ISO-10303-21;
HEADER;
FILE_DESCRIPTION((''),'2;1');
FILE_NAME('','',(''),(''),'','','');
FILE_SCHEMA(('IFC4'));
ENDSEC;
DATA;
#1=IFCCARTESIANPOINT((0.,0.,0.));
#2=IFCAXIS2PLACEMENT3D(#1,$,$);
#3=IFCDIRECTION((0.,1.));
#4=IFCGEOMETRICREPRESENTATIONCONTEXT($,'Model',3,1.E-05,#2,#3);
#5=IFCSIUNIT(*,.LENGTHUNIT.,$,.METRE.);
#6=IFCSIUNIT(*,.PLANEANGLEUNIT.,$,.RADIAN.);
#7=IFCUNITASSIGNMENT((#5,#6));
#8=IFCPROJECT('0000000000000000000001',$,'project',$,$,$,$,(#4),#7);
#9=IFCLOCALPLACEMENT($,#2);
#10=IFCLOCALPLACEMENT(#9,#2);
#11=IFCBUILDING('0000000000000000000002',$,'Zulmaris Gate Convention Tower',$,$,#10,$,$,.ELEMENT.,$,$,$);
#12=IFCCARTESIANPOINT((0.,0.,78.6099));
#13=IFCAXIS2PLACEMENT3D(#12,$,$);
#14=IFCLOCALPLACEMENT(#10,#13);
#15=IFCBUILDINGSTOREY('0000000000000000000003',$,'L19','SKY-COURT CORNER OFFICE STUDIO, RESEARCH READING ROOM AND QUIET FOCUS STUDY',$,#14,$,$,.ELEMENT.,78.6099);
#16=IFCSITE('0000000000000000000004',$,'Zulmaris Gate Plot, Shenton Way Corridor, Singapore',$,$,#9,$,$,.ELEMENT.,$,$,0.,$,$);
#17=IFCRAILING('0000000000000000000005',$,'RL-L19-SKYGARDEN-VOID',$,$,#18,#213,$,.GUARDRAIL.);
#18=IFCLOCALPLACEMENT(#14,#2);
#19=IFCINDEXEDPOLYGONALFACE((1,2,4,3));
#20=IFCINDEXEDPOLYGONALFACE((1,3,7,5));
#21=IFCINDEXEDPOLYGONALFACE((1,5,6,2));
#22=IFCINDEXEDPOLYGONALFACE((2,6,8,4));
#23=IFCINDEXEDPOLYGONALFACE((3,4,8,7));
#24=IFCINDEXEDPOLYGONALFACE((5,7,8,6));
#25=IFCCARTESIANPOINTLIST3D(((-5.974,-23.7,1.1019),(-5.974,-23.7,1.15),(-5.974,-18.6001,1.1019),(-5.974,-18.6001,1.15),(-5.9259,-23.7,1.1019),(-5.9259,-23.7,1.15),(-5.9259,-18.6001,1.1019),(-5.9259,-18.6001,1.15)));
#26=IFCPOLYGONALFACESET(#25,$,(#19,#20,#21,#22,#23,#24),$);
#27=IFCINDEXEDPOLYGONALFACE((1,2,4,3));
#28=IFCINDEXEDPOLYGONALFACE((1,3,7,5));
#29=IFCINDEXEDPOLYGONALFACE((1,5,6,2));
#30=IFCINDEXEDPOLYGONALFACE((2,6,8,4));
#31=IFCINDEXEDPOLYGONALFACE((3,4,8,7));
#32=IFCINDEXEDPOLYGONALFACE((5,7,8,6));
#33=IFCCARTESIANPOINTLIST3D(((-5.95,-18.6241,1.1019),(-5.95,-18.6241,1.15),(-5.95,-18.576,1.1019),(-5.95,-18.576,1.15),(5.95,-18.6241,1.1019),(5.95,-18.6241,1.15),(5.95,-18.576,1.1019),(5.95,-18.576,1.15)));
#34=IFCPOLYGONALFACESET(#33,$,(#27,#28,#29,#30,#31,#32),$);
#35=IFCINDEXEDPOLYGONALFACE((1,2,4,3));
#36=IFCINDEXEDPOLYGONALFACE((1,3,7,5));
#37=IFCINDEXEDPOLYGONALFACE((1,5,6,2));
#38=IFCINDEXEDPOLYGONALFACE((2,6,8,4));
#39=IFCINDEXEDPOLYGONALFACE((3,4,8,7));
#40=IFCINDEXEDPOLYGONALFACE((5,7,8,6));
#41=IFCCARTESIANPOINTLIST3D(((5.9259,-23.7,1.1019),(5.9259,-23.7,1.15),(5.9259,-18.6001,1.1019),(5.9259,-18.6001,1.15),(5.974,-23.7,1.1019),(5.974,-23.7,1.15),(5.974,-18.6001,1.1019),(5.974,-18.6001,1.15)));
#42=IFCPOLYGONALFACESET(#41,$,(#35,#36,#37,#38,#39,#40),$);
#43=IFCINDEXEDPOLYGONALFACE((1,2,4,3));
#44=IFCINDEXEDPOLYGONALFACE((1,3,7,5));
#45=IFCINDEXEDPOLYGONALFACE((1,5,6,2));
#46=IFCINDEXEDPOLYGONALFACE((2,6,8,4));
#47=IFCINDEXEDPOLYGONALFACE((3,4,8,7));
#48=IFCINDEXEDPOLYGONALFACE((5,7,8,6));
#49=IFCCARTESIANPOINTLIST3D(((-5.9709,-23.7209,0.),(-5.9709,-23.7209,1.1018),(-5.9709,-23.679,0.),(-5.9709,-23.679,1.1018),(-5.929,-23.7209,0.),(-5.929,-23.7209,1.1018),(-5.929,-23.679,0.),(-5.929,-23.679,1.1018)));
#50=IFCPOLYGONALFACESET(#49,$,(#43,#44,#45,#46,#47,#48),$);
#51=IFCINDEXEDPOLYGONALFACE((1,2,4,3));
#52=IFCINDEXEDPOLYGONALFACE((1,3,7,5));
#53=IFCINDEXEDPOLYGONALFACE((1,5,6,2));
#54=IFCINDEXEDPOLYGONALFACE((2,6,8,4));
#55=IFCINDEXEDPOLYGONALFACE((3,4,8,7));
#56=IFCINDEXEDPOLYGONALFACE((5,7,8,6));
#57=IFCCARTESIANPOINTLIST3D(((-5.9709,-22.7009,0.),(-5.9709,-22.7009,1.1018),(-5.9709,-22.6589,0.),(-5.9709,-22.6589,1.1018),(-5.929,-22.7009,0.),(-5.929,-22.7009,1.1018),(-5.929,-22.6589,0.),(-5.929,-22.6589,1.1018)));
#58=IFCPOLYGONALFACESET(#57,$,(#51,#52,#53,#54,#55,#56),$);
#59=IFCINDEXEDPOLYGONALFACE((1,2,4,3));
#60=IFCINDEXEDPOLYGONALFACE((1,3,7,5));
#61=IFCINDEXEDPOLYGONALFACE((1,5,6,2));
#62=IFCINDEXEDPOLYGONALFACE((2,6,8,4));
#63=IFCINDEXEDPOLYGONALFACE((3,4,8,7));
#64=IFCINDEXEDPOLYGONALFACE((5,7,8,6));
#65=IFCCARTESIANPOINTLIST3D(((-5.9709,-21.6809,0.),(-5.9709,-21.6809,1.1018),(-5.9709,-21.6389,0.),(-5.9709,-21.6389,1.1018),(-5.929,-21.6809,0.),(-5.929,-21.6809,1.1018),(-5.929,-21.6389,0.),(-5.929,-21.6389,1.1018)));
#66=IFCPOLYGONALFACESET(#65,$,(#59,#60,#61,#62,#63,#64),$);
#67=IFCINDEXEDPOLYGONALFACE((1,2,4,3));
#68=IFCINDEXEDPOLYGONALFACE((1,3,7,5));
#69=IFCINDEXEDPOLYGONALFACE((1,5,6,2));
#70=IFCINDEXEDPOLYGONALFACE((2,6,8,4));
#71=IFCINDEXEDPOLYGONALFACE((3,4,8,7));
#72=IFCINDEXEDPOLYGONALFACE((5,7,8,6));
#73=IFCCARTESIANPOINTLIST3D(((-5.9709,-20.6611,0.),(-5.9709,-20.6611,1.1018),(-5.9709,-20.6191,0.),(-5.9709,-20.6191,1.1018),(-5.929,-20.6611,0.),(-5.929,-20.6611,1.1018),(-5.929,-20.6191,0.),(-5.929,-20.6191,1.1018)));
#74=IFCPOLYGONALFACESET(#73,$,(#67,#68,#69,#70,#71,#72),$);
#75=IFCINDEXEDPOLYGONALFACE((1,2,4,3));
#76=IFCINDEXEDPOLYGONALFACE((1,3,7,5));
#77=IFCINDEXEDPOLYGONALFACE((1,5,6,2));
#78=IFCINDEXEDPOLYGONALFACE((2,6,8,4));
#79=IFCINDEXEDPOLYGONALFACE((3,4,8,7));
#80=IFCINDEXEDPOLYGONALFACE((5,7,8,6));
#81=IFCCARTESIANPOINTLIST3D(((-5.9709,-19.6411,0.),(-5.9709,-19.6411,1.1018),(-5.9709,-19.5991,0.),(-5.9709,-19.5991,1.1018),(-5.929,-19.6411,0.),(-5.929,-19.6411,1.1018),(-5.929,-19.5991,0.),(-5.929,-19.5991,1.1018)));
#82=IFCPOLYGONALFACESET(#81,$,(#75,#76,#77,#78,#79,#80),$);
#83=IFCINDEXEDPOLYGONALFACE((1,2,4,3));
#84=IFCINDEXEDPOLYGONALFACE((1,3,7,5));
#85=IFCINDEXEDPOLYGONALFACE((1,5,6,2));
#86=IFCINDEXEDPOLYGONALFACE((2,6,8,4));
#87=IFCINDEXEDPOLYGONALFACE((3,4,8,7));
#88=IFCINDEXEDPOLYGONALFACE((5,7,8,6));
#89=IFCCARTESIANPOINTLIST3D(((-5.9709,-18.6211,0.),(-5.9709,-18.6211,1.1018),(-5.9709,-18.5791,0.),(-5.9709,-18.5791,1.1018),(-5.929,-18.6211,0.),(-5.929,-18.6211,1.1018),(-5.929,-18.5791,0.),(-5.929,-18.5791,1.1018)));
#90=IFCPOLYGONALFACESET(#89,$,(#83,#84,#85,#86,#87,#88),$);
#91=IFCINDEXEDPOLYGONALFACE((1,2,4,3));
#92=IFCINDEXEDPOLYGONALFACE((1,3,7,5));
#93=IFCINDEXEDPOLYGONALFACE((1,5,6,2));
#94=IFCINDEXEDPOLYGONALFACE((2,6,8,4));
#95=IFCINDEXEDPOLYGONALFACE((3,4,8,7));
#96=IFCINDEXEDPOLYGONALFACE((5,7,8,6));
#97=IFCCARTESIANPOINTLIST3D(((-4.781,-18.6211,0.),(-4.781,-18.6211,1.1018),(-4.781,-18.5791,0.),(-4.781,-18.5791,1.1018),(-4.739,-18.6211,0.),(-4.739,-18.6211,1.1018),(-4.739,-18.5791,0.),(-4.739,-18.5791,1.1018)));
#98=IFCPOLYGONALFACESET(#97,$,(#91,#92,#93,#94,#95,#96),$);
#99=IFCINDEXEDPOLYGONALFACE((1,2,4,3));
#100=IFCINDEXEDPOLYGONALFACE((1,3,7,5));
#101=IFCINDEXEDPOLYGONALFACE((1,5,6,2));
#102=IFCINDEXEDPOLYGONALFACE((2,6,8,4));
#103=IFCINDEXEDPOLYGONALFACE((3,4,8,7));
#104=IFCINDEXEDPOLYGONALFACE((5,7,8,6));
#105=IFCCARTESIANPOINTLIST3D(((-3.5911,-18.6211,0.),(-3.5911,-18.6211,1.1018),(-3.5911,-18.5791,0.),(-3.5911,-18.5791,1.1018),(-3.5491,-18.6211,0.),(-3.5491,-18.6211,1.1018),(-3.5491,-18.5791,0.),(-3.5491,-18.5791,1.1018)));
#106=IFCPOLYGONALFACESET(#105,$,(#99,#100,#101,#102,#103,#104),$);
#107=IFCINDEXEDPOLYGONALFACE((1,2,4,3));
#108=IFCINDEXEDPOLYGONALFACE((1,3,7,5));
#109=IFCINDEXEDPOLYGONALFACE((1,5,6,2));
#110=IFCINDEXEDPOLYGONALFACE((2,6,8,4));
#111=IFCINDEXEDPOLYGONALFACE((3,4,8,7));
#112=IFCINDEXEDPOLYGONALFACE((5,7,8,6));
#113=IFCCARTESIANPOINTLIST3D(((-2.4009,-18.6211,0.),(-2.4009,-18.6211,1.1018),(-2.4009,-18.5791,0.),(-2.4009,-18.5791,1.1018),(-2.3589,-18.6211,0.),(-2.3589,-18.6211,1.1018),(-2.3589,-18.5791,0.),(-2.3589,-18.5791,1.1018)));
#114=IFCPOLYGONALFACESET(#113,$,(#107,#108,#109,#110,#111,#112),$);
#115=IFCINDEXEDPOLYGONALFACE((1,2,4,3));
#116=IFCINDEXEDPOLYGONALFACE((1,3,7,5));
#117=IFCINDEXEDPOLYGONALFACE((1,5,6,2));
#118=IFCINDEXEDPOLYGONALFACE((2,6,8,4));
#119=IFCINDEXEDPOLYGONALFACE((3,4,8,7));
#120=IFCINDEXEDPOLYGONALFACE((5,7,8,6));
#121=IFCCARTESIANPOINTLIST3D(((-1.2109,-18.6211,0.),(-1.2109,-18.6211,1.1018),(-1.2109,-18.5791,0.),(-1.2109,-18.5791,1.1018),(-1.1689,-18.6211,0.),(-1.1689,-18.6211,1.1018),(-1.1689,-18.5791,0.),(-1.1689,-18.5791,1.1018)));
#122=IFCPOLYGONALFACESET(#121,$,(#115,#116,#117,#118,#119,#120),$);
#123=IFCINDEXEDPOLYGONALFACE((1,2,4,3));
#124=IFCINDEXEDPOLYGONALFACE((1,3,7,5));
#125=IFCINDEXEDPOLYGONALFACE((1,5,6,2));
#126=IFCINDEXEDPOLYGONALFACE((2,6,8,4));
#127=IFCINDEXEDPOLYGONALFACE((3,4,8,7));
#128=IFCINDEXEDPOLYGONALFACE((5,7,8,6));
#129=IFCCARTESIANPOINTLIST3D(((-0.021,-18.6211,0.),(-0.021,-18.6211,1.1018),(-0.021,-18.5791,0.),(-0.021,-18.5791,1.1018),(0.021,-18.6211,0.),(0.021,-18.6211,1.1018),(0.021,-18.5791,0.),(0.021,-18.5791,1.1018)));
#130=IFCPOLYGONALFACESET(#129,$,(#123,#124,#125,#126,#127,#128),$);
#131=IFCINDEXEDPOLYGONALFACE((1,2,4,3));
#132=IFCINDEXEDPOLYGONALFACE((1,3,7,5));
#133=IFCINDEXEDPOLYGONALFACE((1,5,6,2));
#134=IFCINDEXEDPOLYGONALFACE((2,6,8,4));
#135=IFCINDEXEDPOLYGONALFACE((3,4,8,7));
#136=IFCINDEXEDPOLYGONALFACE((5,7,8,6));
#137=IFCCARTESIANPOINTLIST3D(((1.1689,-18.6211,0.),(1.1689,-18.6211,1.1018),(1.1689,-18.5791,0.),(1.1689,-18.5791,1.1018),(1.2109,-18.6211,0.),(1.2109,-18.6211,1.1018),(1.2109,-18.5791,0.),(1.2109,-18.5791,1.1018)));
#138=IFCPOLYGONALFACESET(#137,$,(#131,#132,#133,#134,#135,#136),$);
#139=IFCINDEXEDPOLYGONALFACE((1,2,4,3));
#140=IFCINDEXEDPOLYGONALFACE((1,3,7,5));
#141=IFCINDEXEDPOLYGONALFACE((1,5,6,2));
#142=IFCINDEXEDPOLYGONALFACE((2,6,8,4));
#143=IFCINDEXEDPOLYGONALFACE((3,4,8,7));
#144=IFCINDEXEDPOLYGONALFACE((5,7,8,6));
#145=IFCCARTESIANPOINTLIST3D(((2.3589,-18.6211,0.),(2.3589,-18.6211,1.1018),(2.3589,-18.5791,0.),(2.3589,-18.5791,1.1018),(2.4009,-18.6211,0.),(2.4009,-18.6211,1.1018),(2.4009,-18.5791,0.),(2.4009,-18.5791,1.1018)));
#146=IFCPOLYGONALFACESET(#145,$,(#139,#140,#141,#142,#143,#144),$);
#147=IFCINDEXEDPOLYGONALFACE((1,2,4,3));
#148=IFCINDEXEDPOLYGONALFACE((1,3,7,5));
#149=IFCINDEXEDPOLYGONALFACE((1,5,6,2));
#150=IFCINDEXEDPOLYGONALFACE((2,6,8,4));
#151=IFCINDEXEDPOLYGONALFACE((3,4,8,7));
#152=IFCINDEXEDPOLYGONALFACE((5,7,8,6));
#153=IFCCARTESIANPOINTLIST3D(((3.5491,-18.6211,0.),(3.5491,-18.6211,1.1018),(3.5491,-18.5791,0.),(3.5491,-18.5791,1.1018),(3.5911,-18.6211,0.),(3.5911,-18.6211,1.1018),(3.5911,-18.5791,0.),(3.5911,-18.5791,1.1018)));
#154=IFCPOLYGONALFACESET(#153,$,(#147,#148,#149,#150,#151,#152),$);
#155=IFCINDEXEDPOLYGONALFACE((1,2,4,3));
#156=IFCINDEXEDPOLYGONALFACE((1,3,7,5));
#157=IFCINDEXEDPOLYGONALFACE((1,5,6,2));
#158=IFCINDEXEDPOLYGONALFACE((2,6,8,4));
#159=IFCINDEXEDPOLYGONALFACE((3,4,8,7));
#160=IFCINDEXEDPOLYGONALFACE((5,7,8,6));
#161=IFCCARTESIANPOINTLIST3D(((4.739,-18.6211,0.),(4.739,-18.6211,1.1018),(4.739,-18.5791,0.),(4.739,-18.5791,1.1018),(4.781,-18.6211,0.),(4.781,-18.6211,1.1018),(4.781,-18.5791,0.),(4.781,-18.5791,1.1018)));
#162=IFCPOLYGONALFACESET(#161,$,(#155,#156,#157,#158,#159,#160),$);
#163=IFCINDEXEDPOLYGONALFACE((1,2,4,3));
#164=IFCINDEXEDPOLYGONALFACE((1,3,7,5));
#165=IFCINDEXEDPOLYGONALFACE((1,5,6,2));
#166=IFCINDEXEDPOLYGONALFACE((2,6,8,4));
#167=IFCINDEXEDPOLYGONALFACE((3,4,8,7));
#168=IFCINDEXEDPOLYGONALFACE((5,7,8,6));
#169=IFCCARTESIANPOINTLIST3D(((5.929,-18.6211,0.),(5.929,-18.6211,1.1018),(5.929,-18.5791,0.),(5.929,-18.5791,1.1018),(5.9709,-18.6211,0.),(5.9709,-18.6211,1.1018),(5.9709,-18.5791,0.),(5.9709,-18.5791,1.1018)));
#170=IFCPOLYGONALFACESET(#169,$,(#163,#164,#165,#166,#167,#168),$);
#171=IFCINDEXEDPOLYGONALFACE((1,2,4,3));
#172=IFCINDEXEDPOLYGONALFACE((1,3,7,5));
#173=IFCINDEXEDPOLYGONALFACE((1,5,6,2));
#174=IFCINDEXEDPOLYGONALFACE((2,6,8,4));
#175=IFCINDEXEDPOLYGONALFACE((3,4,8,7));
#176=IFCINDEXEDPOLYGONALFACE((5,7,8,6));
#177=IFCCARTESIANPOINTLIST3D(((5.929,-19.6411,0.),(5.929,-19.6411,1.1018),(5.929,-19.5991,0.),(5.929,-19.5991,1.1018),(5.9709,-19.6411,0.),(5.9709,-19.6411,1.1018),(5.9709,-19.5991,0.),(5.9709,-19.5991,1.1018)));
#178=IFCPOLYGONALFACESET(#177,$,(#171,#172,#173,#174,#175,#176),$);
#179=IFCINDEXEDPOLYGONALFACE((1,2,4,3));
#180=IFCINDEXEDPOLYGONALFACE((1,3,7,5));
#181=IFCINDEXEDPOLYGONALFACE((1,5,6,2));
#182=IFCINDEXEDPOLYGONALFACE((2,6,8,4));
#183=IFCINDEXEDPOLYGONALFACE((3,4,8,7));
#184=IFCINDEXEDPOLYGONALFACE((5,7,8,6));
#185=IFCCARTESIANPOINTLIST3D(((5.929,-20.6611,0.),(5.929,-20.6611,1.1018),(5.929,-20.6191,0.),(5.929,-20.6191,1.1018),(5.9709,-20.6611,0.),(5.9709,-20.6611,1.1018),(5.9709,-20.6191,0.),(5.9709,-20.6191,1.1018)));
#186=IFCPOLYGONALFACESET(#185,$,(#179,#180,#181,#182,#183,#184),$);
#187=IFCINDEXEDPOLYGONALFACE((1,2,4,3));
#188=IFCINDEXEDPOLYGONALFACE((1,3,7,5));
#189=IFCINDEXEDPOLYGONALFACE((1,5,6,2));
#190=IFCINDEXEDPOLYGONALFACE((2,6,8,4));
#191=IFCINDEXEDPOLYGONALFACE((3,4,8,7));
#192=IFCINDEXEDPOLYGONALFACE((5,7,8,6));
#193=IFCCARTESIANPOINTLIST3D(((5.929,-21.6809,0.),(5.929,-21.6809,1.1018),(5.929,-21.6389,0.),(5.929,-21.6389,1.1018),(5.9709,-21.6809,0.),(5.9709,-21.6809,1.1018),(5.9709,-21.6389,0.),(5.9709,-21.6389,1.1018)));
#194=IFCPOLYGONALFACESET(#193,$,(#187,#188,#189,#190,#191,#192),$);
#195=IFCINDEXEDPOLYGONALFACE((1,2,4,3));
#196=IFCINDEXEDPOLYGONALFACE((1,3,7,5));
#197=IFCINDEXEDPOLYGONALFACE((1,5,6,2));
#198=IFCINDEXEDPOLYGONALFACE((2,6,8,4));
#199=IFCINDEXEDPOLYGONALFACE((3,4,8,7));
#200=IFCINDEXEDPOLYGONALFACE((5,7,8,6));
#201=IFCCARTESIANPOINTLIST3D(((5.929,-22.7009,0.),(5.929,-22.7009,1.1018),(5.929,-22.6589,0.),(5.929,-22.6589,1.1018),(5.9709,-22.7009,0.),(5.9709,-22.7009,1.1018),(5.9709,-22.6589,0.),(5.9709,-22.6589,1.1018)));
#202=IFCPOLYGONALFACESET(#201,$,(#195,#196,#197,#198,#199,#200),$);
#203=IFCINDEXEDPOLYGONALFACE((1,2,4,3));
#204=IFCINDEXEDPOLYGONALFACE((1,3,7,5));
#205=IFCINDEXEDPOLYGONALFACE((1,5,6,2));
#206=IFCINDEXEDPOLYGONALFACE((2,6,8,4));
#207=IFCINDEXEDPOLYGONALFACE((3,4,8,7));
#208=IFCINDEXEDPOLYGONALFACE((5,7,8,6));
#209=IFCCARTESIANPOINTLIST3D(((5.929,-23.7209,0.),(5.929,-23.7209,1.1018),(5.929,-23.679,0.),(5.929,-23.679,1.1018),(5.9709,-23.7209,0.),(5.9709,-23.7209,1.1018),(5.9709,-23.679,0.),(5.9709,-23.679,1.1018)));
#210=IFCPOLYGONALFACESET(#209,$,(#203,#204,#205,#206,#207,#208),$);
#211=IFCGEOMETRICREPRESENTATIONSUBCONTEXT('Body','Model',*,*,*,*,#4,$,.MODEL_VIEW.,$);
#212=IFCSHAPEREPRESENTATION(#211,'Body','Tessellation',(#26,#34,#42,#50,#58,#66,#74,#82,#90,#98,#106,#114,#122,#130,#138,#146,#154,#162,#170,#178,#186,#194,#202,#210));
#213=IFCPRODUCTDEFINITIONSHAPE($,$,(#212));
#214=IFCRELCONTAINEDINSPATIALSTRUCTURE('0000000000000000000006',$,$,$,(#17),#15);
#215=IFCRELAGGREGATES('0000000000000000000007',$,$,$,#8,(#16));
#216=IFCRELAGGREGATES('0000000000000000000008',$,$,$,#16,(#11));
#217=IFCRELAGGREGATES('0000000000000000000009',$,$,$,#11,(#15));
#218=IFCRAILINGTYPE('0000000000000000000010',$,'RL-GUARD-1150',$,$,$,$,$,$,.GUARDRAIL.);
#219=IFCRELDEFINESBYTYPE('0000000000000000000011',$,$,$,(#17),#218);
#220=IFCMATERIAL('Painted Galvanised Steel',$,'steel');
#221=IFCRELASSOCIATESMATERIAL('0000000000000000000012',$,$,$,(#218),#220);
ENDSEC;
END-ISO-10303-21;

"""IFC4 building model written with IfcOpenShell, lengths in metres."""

from ifc_helpers import new_model, si_unit, direction, frame, origin, origin_2d, place, context, subcontext, project, spatial, rectangle, extrude, material, type_object, element, save


model = new_model("IFC4")

# Units and contexts
model_context = context("Model", 3, precision=1e-05, world=origin(), true_north=direction((0.0, 1.0)))
body_context = subcontext(model_context, "Body", "Model", "MODEL_VIEW")
ifc_project = project(units=[si_unit("LENGTHUNIT", "METRE"), si_unit("PLANEANGLEUNIT", "RADIAN")], contexts=[model_context])

# Site, building, storey
site_placement = place(None, origin())
site = spatial("IfcSite", under=ifc_project, at=site_placement, Name="Zulmaris Gate Plot, Shenton Way Corridor, Singapore", CompositionType="ELEMENT", RefElevation=0.0)
building_placement = place(site_placement, origin())
building = spatial("IfcBuilding", under=site, at=building_placement, Name="Zulmaris Gate Convention Tower", CompositionType="ELEMENT")
storey_placement = place(building_placement, frame((0.0, 0.0, 78.6099)))
storey = spatial("IfcBuildingStorey", under=building, at=storey_placement, Name="L19", Description="SKY-COURT CORNER OFFICE STUDIO, RESEARCH READING ROOM AND QUIET FOCUS STUDY", CompositionType="ELEMENT", Elevation=78.6099)

# Railing
ifc_material_1 = material(Name="Painted Galvanised Steel", Category="steel")
railing_type = type_object("IfcRailingType", Name="RL-GUARD-1150", PredefinedType="GUARDRAIL", material=ifc_material_1)
railing_placement = place(storey_placement, frame((-5.95, -23.7, 0.0)))
element("IfcRailing", 1, at=railing_placement, inside=storey, type_object=railing_type, Name="RL-L19-SKYGARDEN-VOID", PredefinedType="GUARDRAIL", context=body_context, shape_type="SweptSolid", body=[
    extrude(rectangle(XDim=0.0481, YDim=0.0481, at=origin_2d()), frame((0.0, 0.0, 1.126), z_axis=(0.0, 1.0, 0.0), x_axis=(-1.0, 0.0, 0.0)), (0.0, 0.0, 1.0), 5.0999),
    extrude(rectangle(XDim=0.0481, YDim=0.0481, at=origin_2d()), frame((0.0, 5.0999, 1.126), z_axis=(1.0, 0.0, 0.0), x_axis=(0.0, 1.0, 0.0)), (0.0, 0.0, 1.0), 11.8999),
    extrude(rectangle(XDim=0.0481, YDim=0.0481, at=origin_2d()), frame((11.8999, 5.0999, 1.126), z_axis=(0.0, -1.0, 0.0), x_axis=(1.0, 0.0, 0.0)), (0.0, 0.0, 1.0), 5.0999),
    extrude(rectangle(XDim=0.042, YDim=0.042, at=origin_2d()), origin(), (0.0, 0.0, 1.0), 1.1018),
    extrude(rectangle(XDim=0.042, YDim=0.042, at=origin_2d()), frame((0.0, 1.02, 0.0)), (0.0, 0.0, 1.0), 1.1018),
    extrude(rectangle(XDim=0.042, YDim=0.042, at=origin_2d()), frame((0.0, 2.04, 0.0)), (0.0, 0.0, 1.0), 1.1018),
    extrude(rectangle(XDim=0.042, YDim=0.042, at=origin_2d()), frame((0.0, 3.0598, 0.0)), (0.0, 0.0, 1.0), 1.1018),
    extrude(rectangle(XDim=0.042, YDim=0.042, at=origin_2d()), frame((0.0, 4.0798, 0.0)), (0.0, 0.0, 1.0), 1.1018),
    extrude(rectangle(XDim=0.042, YDim=0.042, at=origin_2d()), frame((0.0, 5.0999, 0.0)), (0.0, 0.0, 1.0), 1.1018),
    extrude(rectangle(XDim=0.042, YDim=0.042, at=origin_2d()), frame((1.1899, 5.0999, 0.0)), (0.0, 0.0, 1.0), 1.1018),
    extrude(rectangle(XDim=0.042, YDim=0.042, at=origin_2d()), frame((2.3799, 5.0999, 0.0)), (0.0, 0.0, 1.0), 1.1018),
    extrude(rectangle(XDim=0.042, YDim=0.042, at=origin_2d()), frame((3.5701, 5.0999, 0.0)), (0.0, 0.0, 1.0), 1.1018),
    extrude(rectangle(XDim=0.042, YDim=0.042, at=origin_2d()), frame((4.76, 5.0999, 0.0)), (0.0, 0.0, 1.0), 1.1018),
    extrude(rectangle(XDim=0.042, YDim=0.042, at=origin_2d()), frame((5.95, 5.0999, 0.0)), (0.0, 0.0, 1.0), 1.1018),
    extrude(rectangle(XDim=0.042, YDim=0.042, at=origin_2d()), frame((7.1399, 5.0999, 0.0)), (0.0, 0.0, 1.0), 1.1018),
    extrude(rectangle(XDim=0.042, YDim=0.042, at=origin_2d()), frame((8.3298, 5.0999, 0.0)), (0.0, 0.0, 1.0), 1.1018),
    extrude(rectangle(XDim=0.042, YDim=0.042, at=origin_2d()), frame((9.52, 5.0999, 0.0)), (0.0, 0.0, 1.0), 1.1018),
    extrude(rectangle(XDim=0.042, YDim=0.042, at=origin_2d()), frame((10.71, 5.0999, 0.0)), (0.0, 0.0, 1.0), 1.1018),
    extrude(rectangle(XDim=0.042, YDim=0.042, at=origin_2d()), frame((11.8999, 5.0999, 0.0)), (0.0, 0.0, 1.0), 1.1018),
    extrude(rectangle(XDim=0.042, YDim=0.042, at=origin_2d()), frame((11.8999, 4.0798, 0.0)), (0.0, 0.0, 1.0), 1.1018),
    extrude(rectangle(XDim=0.042, YDim=0.042, at=origin_2d()), frame((11.8999, 3.0598, 0.0)), (0.0, 0.0, 1.0), 1.1018),
    extrude(rectangle(XDim=0.042, YDim=0.042, at=origin_2d()), frame((11.8999, 2.04, 0.0)), (0.0, 0.0, 1.0), 1.1018),
    extrude(rectangle(XDim=0.042, YDim=0.042, at=origin_2d()), frame((11.8999, 1.02, 0.0)), (0.0, 0.0, 1.0), 1.1018),
    extrude(rectangle(XDim=0.042, YDim=0.042, at=origin_2d()), frame((11.8999, 0.0, 0.0)), (0.0, 0.0, 1.0), 1.1018),
])

save(model, "model.ifc")
